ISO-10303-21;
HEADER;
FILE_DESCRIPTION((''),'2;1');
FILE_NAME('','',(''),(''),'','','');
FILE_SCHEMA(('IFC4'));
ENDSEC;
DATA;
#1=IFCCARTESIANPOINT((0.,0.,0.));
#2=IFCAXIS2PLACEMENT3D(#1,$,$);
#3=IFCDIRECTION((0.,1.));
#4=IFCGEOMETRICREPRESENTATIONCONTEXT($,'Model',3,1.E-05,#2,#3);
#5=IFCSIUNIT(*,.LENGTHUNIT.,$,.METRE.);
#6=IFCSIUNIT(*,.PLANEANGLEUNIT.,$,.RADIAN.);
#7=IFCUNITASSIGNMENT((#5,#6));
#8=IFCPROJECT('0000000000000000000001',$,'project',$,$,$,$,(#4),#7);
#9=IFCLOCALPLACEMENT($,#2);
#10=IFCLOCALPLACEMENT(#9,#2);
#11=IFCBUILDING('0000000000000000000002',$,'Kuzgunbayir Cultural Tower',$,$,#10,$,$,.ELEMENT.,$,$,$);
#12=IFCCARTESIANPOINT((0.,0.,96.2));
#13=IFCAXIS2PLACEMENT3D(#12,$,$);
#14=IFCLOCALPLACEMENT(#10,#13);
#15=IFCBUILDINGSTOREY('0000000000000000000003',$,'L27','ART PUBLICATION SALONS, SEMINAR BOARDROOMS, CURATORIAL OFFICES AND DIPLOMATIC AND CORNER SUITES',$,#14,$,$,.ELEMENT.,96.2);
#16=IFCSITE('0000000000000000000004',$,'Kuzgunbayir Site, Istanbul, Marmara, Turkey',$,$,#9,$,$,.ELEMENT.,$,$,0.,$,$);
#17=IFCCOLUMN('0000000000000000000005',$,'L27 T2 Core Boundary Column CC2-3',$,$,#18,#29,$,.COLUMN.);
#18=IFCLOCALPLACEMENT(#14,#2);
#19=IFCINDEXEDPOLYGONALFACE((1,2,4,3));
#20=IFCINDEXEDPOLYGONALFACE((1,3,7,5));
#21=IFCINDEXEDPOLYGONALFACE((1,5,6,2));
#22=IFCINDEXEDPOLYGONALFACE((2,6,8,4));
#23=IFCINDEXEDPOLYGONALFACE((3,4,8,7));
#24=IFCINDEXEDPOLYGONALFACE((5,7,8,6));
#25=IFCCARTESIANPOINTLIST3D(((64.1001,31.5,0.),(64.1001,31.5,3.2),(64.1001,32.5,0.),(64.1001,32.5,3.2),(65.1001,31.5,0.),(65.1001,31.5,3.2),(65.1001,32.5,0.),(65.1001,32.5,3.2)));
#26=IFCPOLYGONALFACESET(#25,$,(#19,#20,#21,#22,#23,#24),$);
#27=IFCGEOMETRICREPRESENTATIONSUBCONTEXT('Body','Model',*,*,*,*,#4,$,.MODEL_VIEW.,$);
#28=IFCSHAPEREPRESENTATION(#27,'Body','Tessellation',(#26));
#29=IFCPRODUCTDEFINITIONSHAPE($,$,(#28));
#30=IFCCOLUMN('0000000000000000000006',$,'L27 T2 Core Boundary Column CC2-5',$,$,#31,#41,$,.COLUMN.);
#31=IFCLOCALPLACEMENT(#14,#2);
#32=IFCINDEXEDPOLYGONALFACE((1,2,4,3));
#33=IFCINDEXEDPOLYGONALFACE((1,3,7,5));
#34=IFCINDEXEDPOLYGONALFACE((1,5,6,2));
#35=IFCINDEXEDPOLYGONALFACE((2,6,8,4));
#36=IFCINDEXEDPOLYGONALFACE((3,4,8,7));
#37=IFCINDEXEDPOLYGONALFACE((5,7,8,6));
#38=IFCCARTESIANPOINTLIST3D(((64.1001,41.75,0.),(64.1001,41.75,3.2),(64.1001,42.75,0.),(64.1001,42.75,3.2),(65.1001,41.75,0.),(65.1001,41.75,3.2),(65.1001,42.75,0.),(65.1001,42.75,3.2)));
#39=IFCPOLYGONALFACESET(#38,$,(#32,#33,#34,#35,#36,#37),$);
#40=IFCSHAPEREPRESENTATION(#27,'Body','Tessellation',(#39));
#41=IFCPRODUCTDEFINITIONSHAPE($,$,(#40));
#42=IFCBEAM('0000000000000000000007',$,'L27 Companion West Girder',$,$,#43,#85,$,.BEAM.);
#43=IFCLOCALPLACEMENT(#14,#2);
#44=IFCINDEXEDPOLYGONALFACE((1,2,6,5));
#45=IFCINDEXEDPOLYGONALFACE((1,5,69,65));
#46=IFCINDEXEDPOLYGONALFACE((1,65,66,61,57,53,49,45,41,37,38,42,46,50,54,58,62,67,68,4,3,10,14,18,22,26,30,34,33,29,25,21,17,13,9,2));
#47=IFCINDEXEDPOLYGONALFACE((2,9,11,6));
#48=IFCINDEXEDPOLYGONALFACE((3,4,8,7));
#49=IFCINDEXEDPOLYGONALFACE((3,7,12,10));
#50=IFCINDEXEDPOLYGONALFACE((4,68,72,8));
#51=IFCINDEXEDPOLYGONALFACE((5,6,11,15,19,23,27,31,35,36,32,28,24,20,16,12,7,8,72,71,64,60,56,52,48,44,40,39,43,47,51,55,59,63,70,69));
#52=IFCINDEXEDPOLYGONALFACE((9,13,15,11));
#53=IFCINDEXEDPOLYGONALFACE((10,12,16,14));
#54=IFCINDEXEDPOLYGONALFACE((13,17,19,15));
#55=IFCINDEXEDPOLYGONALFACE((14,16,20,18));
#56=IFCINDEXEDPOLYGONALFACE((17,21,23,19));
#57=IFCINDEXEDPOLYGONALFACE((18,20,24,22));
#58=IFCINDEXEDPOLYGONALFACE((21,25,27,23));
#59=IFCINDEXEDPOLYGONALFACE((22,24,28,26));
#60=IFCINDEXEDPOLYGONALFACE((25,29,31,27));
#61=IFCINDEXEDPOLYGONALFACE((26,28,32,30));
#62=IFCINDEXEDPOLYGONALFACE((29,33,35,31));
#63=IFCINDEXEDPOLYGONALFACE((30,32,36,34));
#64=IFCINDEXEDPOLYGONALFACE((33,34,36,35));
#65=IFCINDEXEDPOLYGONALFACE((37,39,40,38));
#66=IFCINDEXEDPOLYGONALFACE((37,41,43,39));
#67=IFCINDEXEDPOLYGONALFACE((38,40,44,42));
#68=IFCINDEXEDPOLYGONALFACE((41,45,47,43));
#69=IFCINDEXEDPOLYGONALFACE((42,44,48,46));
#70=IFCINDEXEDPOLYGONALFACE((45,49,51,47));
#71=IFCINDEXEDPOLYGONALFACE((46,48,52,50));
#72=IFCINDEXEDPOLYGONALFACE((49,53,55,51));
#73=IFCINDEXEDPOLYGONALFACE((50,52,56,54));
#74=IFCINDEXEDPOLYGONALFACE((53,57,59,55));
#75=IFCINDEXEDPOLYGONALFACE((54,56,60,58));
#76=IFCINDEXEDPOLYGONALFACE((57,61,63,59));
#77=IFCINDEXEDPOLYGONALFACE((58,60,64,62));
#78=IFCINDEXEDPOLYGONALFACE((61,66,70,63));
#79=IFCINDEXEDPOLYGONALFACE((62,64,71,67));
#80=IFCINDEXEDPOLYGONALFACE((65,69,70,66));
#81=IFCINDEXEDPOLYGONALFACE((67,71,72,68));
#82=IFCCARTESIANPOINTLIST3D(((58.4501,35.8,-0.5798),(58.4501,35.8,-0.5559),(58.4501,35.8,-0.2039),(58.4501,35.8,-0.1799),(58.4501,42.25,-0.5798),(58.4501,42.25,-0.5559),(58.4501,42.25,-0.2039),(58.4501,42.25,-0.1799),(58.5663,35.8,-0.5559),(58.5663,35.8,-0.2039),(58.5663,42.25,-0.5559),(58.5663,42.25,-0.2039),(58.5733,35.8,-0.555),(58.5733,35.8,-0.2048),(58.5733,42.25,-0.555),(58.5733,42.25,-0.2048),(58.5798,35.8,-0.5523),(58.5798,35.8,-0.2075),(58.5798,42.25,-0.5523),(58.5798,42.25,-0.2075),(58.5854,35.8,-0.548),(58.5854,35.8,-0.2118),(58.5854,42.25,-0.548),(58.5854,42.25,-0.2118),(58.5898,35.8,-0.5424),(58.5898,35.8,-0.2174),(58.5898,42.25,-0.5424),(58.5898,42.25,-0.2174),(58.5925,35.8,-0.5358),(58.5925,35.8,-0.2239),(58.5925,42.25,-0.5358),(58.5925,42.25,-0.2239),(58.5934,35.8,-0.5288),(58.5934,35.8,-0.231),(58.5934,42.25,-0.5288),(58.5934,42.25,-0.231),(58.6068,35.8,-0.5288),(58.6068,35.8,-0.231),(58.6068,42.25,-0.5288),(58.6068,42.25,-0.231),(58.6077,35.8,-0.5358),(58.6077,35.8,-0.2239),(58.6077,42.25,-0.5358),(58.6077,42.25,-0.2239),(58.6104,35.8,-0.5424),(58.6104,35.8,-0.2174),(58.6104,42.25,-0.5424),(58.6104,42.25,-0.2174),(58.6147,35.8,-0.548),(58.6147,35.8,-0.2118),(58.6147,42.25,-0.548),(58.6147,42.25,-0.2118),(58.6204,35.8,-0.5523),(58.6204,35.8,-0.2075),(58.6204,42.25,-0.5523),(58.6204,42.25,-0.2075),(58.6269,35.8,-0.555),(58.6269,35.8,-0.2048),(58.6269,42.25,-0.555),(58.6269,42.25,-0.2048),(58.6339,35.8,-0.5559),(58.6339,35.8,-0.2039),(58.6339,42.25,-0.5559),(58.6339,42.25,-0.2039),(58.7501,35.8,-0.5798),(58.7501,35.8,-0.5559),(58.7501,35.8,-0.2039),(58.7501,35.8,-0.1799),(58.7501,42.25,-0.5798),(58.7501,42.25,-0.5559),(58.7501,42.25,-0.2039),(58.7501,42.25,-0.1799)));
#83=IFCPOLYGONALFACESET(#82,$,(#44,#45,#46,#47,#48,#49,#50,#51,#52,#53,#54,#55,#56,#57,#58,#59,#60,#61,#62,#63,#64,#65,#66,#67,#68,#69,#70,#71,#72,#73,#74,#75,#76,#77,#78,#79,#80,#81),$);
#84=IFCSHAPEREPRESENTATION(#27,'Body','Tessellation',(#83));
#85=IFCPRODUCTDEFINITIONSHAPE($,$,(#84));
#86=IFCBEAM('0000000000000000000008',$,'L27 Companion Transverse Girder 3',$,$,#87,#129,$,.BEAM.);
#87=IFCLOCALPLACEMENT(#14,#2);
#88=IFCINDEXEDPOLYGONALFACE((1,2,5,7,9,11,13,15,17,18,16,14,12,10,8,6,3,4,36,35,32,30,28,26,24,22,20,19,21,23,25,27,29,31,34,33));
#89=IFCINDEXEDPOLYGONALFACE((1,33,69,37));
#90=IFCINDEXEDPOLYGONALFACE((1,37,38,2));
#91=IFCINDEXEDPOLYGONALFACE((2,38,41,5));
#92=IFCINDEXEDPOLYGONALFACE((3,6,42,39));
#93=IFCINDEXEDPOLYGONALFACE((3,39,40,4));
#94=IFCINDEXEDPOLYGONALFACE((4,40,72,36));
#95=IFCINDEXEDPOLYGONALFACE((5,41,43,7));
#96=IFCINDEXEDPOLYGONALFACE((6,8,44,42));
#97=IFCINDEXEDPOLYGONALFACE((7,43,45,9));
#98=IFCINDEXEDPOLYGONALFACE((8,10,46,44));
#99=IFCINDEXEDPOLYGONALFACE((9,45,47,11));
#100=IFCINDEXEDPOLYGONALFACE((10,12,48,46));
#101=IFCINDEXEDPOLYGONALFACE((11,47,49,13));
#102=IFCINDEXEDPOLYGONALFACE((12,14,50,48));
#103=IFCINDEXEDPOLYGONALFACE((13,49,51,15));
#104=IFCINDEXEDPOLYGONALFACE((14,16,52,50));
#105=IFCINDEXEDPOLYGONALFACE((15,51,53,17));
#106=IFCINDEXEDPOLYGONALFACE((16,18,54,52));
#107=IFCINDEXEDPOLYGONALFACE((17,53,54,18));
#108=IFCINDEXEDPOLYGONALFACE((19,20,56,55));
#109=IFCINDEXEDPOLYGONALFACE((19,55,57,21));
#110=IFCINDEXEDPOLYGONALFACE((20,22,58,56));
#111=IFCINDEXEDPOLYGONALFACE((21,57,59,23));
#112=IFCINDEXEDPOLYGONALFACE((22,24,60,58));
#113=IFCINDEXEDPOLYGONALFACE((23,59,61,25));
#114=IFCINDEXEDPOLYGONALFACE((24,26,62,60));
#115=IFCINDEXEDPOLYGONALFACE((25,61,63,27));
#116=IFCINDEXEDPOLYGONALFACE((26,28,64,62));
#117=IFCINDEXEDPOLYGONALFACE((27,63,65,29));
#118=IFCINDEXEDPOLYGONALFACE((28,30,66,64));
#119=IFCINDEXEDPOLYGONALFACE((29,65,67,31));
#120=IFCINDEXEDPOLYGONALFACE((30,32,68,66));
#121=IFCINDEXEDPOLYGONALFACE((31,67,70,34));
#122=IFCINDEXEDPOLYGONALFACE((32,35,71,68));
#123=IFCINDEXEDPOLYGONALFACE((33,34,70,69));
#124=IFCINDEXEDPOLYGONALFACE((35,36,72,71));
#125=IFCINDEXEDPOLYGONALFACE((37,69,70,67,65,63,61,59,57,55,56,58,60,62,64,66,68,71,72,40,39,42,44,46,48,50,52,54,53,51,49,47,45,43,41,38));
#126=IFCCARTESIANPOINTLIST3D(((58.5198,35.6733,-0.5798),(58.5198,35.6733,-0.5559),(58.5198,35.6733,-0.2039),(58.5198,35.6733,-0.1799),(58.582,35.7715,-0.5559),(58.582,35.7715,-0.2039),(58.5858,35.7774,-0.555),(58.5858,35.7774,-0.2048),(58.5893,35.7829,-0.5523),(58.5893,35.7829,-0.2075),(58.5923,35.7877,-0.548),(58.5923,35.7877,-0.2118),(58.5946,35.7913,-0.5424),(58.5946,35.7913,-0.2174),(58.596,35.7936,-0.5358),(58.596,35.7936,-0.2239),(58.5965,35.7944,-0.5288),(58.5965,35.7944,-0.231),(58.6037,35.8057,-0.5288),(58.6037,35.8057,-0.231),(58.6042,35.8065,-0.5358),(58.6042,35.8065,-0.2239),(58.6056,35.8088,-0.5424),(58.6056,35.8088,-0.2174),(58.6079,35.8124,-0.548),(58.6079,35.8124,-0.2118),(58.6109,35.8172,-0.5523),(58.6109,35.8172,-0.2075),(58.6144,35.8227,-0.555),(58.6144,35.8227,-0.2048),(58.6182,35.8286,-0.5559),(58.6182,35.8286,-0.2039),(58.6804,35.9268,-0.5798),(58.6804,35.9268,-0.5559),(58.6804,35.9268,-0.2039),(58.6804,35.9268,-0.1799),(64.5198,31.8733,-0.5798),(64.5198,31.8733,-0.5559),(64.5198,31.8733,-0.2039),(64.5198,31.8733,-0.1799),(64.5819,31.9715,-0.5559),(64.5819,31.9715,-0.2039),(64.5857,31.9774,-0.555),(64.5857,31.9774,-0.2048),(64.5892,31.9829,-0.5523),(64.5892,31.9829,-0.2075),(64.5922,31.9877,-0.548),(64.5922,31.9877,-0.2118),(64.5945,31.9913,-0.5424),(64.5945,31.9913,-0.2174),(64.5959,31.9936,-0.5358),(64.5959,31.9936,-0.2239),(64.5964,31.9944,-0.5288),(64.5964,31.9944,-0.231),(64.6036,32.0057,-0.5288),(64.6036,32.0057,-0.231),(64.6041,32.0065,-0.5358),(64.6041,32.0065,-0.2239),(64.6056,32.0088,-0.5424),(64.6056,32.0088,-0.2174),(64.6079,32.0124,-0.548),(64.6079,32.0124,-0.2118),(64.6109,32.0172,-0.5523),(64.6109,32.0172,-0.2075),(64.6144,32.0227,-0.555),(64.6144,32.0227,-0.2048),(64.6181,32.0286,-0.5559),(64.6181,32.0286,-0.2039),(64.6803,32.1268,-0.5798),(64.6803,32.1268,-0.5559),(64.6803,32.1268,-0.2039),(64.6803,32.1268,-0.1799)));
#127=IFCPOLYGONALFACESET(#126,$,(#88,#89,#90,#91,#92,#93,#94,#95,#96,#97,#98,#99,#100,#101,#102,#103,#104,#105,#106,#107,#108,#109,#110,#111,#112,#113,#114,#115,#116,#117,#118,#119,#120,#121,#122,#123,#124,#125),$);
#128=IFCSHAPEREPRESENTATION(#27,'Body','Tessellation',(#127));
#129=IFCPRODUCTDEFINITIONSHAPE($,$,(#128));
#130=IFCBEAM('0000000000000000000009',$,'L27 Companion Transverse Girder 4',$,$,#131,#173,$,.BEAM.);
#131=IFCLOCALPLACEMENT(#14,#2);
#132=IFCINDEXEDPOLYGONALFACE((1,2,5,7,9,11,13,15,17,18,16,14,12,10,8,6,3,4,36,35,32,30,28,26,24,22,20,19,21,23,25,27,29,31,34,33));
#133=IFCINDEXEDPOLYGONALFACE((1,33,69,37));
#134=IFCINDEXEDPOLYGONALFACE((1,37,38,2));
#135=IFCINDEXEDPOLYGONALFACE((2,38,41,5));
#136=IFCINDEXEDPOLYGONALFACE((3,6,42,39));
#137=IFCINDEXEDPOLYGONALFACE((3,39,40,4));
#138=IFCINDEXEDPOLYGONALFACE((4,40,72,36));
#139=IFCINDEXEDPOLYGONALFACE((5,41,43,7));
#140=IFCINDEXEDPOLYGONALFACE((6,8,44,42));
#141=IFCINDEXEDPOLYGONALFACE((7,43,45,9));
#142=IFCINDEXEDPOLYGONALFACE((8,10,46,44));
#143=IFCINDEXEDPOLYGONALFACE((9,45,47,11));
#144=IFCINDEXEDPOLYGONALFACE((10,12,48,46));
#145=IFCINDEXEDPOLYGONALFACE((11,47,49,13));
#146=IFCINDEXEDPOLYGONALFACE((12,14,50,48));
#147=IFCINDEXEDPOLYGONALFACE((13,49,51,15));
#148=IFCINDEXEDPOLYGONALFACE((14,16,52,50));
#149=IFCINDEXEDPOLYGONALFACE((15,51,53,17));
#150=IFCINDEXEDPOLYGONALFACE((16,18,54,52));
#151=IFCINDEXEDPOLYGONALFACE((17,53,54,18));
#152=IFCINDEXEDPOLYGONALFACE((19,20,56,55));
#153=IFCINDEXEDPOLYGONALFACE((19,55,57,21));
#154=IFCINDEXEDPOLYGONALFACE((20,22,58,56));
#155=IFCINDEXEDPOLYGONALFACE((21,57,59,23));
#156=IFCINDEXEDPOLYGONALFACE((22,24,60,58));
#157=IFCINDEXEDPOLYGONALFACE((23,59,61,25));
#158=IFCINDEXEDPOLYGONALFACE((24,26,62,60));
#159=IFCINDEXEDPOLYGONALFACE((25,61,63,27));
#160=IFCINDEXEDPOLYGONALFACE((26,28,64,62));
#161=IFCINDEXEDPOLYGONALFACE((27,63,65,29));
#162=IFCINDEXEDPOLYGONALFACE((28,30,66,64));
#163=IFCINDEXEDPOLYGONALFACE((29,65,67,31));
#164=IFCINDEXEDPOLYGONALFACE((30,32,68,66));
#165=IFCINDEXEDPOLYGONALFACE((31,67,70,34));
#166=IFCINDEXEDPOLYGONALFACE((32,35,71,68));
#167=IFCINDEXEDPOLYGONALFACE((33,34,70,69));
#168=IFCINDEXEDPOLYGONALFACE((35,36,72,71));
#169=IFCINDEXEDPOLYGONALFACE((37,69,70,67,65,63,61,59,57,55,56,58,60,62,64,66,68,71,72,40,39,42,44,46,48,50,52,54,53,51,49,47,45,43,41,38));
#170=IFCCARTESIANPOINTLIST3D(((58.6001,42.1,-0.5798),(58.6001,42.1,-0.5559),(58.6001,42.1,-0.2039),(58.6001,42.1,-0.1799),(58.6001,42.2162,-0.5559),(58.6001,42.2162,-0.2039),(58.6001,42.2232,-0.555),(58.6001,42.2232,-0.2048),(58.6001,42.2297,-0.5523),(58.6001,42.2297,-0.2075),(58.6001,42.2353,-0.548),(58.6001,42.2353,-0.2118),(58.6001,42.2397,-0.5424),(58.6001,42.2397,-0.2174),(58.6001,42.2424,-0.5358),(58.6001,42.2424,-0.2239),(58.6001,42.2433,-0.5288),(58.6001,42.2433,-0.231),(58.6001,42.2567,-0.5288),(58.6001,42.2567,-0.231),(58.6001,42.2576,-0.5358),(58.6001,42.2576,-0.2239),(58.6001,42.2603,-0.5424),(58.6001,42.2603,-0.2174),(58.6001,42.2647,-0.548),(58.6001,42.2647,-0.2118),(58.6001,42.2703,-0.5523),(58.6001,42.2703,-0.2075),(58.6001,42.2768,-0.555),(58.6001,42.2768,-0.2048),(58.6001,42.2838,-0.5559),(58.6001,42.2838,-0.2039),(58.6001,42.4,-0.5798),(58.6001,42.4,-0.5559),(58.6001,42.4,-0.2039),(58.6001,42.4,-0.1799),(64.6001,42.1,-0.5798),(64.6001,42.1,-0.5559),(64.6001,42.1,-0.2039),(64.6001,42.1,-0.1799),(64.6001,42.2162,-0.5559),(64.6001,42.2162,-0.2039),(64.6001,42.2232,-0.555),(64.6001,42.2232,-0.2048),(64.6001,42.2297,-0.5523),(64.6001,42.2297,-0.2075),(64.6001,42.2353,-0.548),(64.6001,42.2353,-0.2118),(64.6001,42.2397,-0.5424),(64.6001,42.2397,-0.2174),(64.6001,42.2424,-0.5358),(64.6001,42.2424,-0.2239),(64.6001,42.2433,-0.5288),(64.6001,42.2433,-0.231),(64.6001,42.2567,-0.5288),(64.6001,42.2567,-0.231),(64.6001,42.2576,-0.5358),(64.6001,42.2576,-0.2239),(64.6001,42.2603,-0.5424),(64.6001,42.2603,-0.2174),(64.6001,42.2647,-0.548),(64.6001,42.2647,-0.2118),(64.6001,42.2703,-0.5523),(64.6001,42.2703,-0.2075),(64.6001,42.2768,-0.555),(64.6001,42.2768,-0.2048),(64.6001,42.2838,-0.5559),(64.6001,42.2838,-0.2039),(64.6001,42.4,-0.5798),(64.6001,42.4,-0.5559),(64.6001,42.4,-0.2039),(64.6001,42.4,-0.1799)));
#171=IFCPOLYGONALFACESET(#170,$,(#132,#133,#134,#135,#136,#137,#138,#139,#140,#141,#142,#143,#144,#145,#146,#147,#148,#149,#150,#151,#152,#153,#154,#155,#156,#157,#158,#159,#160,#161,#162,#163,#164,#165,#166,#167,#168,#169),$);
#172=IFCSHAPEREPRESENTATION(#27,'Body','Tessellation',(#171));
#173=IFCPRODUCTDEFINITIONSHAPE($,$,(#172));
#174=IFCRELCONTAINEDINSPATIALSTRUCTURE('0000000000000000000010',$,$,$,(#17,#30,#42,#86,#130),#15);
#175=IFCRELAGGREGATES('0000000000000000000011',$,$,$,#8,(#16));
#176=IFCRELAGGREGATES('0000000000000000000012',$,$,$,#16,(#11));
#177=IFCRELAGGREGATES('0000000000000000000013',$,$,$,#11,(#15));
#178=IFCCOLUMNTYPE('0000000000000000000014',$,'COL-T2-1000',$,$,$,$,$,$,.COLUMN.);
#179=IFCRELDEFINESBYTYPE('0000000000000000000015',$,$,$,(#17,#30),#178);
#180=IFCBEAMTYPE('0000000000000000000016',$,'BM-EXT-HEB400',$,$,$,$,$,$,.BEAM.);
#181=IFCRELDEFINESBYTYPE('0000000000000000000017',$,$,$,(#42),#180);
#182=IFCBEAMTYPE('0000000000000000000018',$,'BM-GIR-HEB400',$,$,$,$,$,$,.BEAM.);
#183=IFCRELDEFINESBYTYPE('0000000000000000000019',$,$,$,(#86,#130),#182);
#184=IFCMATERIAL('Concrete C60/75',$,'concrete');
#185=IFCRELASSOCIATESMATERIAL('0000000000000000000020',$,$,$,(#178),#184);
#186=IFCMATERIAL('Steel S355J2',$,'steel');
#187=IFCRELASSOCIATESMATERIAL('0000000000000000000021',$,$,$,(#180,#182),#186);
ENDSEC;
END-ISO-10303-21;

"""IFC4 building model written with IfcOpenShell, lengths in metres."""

from ifc_helpers import new_model, si_unit, direction, frame, origin, origin_2d, place, context, subcontext, project, spatial, rectangle, i_section, extrude, material, material_profile, profile_set, type_object, element, save


model = new_model("IFC4")

# Units and contexts
model_context = context("Model", 3, precision=1e-05, world=origin(), true_north=direction((0.0, 1.0)))
body_context = subcontext(model_context, "Body", "Model", "MODEL_VIEW")
ifc_project = project(units=[si_unit("LENGTHUNIT", "METRE"), si_unit("PLANEANGLEUNIT", "RADIAN")], contexts=[model_context])

# Site, building, storey
site_placement = place(None, origin())
site = spatial("IfcSite", under=ifc_project, at=site_placement, Name="Kuzgunbayir Site, Istanbul, Marmara, Turkey", CompositionType="ELEMENT", RefElevation=0.0)
building_placement = place(site_placement, origin())
building = spatial("IfcBuilding", under=site, at=building_placement, Name="Kuzgunbayir Cultural Tower", CompositionType="ELEMENT")
storey_placement = place(building_placement, frame((0.0, 0.0, 96.2)))
storey = spatial("IfcBuildingStorey", under=building, at=storey_placement, Name="L27", Description="ART PUBLICATION SALONS, SEMINAR BOARDROOMS, CURATORIAL OFFICES AND DIPLOMATIC AND CORNER SUITES", CompositionType="ELEMENT", Elevation=96.2)

# Columns
ifc_material_1 = material(Name="Concrete C60/75", Category="concrete")
ifc_material_profile_1 = material_profile(ifc_material_1, rectangle(XDim=1.0, YDim=1.0, at=origin_2d()), Name="RC 1000x1000")
ifc_profile_set_1 = profile_set([ifc_material_profile_1], Name="Concrete C60/75")
column_type = type_object("IfcColumnType", Name="COL-T2-1000", PredefinedType="COLUMN", material=ifc_profile_set_1)
for number, where, z_axis, x_axis, name in (
    (1, (64.6001, 32.0, 0.0), (0.0, 0.0, 1.0), (1.0, 0.0, 0.0), "L27 T2 Core Boundary Column CC2-3"),
    (2, (64.6001, 42.25, 0.0), (0.0, 0.0, 1.0), (1.0, 0.0, 0.0), "L27 T2 Core Boundary Column CC2-5"),
):
    element("IfcColumn", number, at=place(storey_placement, frame(where, z_axis=z_axis, x_axis=x_axis)), inside=storey, type_object=column_type, Name=name, PredefinedType="COLUMN", context=body_context, shape_type="SweptSolid", body=[
        extrude(rectangle(XDim=1.0, YDim=1.0, at=origin_2d()), origin(), (0.0, 0.0, 1.0), 3.2),
    ])

# Beams
ifc_material_2 = material(Name="Steel S355J2", Category="steel")
ifc_material_profile_2 = material_profile(ifc_material_2, i_section(OverallWidth=0.3, OverallDepth=0.3999, WebThickness=0.0134, FlangeThickness=0.0239, FilletRadius=0.0271, at=origin_2d()), Name="HEB 400")
ifc_profile_set_2 = profile_set([ifc_material_profile_2], Name="Steel S355J2")
beam_type_1 = type_object("IfcBeamType", Name="BM-EXT-HEB400", PredefinedType="BEAM", material=ifc_profile_set_2)
beam_1_placement = place(storey_placement, frame((58.6001, 35.8, -0.3799), z_axis=(0.0, 1.0, 0.0), x_axis=(-1.0, 0.0, 0.0)))
element("IfcBeam", 3, at=beam_1_placement, inside=storey, type_object=beam_type_1, Name="L27 Companion West Girder", PredefinedType="BEAM", context=body_context, shape_type="SweptSolid", body=[
    extrude(i_section(OverallWidth=0.3, OverallDepth=0.3999, WebThickness=0.0134, FlangeThickness=0.0239, FilletRadius=0.0271, at=origin_2d()), origin(), (0.0, 0.0, 1.0), 6.45),
])
ifc_material_profile_3 = material_profile(ifc_material_2, i_section(OverallWidth=0.3, OverallDepth=0.3999, WebThickness=0.0134, FlangeThickness=0.0239, FilletRadius=0.0271, at=origin_2d()), Name="HEB 400")
ifc_profile_set_3 = profile_set([ifc_material_profile_3], Name="Steel S355J2")
beam_type_2 = type_object("IfcBeamType", Name="BM-GIR-HEB400", PredefinedType="BEAM", material=ifc_profile_set_3)
beam_2_placement = place(storey_placement, frame((58.6001, 35.8, -0.3799), z_axis=(0.844816, -0.535057, 0.0), x_axis=(0.535057, 0.844816, 0.0)))
element("IfcBeam", 4, at=beam_2_placement, inside=storey, type_object=beam_type_2, Name="L27 Companion Transverse Girder 3", PredefinedType="BEAM", context=body_context, shape_type="SweptSolid", body=[
    extrude(i_section(OverallWidth=0.3, OverallDepth=0.3999, WebThickness=0.0134, FlangeThickness=0.0239, FilletRadius=0.0271, at=origin_2d()), origin(), (0.0, 0.0, 1.0), 7.1021),
])
beam_3_placement = place(storey_placement, frame((58.6001, 42.25, -0.3799), z_axis=(1.0, 0.0, 0.0), x_axis=(0.0, 1.0, 0.0)))
element("IfcBeam", 5, at=beam_3_placement, inside=storey, type_object=beam_type_2, Name="L27 Companion Transverse Girder 4", PredefinedType="BEAM", context=body_context, shape_type="SweptSolid", body=[
    extrude(i_section(OverallWidth=0.3, OverallDepth=0.3999, WebThickness=0.0134, FlangeThickness=0.0239, FilletRadius=0.0271, at=origin_2d()), origin(), (0.0, 0.0, 1.0), 6.0),
])

save(model, "model.ifc")
